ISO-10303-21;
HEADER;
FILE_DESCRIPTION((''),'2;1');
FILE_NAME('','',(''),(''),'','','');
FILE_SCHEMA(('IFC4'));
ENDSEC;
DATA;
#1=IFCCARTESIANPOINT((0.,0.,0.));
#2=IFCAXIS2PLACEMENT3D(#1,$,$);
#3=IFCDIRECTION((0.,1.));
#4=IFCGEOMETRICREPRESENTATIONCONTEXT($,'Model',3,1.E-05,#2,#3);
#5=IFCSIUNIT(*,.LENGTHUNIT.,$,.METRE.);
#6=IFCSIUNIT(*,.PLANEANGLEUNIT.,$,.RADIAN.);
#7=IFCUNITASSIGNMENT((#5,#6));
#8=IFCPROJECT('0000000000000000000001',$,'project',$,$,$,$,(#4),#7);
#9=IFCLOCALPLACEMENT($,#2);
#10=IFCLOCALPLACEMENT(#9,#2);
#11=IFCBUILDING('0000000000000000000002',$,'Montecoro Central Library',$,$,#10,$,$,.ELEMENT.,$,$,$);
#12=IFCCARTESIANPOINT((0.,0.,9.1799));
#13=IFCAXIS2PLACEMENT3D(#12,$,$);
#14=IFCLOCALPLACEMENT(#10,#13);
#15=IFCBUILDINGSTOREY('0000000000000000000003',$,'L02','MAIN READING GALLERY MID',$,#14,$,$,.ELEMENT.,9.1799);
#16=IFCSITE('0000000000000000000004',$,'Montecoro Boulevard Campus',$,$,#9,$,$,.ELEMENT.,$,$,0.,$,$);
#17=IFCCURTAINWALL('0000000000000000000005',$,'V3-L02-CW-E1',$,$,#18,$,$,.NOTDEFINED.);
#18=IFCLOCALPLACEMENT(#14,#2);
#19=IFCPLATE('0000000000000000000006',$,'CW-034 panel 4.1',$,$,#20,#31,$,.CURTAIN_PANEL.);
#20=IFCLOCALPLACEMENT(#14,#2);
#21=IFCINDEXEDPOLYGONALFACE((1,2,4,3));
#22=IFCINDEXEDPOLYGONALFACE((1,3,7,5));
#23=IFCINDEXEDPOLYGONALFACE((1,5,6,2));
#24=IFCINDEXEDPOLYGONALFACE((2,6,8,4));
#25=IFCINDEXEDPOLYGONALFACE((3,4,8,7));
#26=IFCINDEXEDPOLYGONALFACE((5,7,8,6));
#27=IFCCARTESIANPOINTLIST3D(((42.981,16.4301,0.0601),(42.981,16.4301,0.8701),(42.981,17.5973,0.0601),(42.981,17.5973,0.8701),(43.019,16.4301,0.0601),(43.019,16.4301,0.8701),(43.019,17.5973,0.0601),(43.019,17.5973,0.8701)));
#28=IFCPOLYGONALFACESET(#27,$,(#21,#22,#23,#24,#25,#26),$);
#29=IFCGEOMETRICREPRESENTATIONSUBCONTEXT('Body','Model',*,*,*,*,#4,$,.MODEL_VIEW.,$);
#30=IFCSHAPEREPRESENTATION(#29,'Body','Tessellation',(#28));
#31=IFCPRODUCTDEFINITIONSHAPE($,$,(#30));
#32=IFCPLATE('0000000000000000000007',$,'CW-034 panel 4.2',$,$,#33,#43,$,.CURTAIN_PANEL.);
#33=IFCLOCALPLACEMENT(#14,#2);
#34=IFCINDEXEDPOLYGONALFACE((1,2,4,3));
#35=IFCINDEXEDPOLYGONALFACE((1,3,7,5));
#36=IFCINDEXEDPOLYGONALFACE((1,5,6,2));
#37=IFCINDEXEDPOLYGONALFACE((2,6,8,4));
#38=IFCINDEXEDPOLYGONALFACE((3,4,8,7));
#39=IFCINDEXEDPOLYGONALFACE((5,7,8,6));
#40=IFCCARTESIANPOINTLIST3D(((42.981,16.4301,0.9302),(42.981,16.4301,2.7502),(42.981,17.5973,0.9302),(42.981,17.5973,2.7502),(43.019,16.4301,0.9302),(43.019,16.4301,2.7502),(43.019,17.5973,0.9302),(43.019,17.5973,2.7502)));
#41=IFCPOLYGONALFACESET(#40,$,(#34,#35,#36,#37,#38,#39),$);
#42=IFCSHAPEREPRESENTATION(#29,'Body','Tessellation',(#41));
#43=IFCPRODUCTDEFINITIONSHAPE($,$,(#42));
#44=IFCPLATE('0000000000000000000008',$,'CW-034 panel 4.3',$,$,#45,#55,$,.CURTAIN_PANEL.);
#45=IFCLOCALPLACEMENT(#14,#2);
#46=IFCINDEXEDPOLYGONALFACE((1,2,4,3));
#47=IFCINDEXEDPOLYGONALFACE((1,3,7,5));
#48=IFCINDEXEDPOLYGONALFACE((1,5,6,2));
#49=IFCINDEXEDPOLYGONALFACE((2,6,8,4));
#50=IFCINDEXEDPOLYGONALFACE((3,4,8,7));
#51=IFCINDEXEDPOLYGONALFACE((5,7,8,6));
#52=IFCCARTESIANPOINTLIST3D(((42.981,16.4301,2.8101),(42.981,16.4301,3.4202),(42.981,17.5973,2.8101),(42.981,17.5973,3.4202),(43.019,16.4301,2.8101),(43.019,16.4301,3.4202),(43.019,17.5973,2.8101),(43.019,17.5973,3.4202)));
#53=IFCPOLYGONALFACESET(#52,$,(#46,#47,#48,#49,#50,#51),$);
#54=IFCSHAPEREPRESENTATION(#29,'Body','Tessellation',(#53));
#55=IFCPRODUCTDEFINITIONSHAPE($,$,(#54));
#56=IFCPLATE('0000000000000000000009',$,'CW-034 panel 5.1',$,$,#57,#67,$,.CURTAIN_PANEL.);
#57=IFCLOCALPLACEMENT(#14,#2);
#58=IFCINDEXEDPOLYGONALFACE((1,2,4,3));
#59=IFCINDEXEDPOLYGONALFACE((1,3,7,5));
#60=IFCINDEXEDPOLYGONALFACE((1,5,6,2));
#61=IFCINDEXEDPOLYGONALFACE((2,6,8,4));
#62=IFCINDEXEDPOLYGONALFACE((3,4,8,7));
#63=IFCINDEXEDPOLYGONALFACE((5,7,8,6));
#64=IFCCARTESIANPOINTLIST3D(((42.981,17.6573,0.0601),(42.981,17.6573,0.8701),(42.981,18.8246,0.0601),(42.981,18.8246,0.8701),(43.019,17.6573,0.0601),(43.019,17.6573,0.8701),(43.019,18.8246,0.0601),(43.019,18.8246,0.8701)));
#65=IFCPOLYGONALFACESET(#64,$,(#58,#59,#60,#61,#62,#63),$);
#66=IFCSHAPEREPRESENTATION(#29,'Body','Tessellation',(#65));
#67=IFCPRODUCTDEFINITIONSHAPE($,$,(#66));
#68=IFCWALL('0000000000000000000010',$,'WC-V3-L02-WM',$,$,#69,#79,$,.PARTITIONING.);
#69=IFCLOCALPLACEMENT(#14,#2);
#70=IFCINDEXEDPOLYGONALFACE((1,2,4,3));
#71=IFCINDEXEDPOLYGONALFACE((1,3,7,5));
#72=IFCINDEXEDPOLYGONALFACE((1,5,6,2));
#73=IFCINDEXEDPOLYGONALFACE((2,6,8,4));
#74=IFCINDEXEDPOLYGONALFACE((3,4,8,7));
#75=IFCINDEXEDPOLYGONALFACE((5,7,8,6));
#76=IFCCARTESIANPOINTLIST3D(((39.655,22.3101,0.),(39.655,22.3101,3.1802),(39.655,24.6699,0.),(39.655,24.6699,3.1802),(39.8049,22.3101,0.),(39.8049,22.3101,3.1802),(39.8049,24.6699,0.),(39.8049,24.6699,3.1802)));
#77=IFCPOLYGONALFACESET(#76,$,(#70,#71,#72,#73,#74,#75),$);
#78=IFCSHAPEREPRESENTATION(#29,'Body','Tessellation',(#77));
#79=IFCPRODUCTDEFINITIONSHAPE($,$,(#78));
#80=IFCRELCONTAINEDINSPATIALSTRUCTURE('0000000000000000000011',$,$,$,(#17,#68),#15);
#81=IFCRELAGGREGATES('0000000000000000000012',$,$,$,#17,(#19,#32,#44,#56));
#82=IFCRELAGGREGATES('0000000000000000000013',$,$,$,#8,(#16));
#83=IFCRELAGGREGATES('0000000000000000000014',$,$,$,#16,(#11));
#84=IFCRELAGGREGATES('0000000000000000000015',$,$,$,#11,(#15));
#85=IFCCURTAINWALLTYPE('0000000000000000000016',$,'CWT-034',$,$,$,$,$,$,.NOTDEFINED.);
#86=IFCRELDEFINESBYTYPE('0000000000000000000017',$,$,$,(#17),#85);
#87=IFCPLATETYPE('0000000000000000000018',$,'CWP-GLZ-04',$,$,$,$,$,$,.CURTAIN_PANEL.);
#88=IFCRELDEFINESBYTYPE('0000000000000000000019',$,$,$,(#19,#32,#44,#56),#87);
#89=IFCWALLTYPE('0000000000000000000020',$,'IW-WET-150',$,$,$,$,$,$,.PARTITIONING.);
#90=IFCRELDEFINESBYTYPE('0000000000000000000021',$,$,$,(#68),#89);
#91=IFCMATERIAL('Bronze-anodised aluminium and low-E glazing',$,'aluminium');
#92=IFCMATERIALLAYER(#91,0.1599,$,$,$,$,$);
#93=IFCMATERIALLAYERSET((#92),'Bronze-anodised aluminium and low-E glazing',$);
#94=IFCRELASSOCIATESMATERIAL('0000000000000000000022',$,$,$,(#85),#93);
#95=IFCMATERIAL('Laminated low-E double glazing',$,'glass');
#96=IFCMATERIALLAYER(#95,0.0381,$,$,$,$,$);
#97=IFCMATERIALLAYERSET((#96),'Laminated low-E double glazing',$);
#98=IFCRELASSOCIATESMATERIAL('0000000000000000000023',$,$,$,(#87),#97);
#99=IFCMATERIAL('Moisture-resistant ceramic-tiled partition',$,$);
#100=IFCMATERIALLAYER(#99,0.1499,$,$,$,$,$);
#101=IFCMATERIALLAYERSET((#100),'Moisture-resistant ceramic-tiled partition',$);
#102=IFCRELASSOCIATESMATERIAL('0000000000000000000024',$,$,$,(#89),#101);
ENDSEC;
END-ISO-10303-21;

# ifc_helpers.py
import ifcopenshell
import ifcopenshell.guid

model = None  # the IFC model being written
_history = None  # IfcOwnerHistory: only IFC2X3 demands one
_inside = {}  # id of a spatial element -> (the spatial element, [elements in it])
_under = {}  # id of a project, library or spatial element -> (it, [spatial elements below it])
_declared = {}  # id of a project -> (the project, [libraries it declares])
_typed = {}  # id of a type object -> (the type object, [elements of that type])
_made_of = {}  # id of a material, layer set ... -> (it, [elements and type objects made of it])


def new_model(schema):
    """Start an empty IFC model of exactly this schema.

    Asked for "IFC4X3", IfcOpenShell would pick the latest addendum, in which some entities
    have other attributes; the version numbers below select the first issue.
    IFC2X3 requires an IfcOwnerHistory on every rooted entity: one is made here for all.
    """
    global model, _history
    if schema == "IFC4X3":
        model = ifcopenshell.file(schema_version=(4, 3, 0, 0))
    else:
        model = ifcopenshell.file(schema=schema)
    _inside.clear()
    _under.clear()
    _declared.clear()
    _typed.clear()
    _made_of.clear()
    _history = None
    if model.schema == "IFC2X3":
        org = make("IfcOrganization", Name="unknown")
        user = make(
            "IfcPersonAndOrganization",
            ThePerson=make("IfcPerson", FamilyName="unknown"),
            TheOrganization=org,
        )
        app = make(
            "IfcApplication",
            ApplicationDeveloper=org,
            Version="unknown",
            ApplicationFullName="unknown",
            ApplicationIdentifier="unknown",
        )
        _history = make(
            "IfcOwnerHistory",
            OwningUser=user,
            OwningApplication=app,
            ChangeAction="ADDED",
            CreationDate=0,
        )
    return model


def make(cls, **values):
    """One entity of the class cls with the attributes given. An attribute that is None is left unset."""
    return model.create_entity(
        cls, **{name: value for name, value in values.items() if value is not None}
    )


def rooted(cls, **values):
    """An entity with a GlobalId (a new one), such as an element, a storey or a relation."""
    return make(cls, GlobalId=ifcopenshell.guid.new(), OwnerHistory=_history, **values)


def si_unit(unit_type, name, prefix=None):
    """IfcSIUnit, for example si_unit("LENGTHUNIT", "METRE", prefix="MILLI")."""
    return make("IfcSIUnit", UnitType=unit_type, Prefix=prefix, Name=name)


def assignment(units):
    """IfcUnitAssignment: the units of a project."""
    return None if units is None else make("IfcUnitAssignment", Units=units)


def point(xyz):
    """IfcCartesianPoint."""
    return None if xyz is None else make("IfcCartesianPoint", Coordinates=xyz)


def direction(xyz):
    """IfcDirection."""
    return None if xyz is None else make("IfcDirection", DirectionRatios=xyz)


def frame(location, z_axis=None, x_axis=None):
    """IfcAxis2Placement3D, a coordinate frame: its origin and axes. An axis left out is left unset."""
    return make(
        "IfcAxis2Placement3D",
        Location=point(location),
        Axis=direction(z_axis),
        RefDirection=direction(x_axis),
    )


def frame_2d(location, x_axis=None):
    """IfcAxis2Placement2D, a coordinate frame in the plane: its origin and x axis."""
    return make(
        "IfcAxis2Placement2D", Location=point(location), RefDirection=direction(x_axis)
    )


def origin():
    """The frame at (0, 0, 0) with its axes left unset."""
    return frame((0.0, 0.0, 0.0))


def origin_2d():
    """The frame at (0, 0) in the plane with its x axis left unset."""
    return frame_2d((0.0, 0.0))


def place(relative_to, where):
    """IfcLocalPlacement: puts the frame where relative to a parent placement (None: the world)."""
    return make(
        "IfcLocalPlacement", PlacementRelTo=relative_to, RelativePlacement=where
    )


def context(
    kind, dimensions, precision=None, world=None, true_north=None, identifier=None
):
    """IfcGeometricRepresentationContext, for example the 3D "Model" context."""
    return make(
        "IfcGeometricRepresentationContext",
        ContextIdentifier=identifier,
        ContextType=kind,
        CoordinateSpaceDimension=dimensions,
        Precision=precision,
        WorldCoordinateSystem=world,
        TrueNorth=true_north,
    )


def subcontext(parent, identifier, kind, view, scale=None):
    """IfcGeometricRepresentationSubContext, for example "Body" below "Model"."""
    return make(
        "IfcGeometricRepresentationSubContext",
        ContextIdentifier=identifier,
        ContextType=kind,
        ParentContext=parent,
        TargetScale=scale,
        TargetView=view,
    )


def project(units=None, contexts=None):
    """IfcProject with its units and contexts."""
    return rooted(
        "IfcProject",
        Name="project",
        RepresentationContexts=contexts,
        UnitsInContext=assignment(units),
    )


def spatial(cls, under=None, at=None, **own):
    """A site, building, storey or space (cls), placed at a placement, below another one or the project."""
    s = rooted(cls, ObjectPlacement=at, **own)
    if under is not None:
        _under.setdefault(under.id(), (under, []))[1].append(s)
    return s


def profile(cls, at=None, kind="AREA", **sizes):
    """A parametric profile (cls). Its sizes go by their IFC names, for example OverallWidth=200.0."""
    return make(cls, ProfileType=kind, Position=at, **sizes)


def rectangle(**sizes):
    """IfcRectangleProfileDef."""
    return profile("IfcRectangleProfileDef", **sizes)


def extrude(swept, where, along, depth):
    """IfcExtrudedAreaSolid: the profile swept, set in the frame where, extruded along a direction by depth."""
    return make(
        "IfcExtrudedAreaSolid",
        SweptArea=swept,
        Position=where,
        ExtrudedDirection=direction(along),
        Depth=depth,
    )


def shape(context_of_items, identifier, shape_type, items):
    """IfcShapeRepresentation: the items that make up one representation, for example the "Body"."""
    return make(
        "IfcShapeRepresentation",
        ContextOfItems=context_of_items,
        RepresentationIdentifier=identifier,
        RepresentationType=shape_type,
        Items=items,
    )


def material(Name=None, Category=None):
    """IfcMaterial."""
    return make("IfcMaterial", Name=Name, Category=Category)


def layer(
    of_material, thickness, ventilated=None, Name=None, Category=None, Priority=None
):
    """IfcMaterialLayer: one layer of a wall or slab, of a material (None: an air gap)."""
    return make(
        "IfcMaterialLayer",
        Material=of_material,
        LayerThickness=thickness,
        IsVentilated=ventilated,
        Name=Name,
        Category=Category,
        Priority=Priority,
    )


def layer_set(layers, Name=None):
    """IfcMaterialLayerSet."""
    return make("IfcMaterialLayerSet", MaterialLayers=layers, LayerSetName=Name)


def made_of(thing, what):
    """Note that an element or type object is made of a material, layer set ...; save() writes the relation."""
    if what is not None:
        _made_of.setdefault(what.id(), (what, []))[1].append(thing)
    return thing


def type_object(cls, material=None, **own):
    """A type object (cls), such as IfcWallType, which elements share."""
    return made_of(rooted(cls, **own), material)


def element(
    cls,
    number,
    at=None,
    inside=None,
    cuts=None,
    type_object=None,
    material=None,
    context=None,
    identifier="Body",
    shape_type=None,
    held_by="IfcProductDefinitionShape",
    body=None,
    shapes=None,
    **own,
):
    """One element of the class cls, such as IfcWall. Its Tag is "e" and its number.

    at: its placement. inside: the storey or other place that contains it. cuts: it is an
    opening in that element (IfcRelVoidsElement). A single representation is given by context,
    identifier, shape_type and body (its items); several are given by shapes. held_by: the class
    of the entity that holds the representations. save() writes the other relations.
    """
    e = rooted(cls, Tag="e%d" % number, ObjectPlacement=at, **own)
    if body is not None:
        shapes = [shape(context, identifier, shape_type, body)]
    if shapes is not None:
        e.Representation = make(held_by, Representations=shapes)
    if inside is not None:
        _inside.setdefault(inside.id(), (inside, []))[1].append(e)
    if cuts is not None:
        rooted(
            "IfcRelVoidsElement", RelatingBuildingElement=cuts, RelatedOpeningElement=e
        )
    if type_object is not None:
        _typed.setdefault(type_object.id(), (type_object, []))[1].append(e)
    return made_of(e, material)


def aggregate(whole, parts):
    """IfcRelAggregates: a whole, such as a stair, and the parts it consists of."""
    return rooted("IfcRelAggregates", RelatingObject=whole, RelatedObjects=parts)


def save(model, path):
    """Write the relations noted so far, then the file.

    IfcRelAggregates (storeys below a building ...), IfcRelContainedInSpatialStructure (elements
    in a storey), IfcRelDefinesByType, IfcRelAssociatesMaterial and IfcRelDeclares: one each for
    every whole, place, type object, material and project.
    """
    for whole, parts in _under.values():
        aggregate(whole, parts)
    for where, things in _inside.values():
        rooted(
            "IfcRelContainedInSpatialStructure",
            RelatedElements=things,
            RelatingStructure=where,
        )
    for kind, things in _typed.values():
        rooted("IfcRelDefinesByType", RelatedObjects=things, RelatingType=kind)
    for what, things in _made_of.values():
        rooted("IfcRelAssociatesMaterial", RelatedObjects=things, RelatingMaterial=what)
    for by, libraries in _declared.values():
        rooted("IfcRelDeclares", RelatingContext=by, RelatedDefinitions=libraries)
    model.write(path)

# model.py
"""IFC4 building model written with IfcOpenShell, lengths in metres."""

from ifc_helpers import new_model, si_unit, direction, frame, frame_2d, origin, origin_2d, place, context, subcontext, project, spatial, rectangle, extrude, material, layer, layer_set, type_object, element, aggregate, save


model = new_model("IFC4")

# Units and contexts
model_context = context("Model", 3, precision=1e-05, world=origin(), true_north=direction((0.0, 1.0)))
body_context = subcontext(model_context, "Body", "Model", "MODEL_VIEW")
ifc_project = project(units=[si_unit("LENGTHUNIT", "METRE"), si_unit("PLANEANGLEUNIT", "RADIAN")], contexts=[model_context])

# Site, building, storey
site_placement = place(None, origin())
site = spatial("IfcSite", under=ifc_project, at=site_placement, Name="Montecoro Boulevard Campus", CompositionType="ELEMENT", RefElevation=0.0)
building_placement = place(site_placement, origin())
building = spatial("IfcBuilding", under=site, at=building_placement, Name="Montecoro Central Library", CompositionType="ELEMENT")
storey_placement = place(building_placement, frame((0.0, 0.0, 9.1799)))
storey = spatial("IfcBuildingStorey", under=building, at=storey_placement, Name="L02", Description="MAIN READING GALLERY MID", CompositionType="ELEMENT", Elevation=9.1799)

# Curtain wall, plates
ifc_material_1 = material(Name="Bronze-anodised aluminium and low-E glazing", Category="aluminium")
ifc_layer_1 = layer(ifc_material_1, 0.1599)
ifc_layer_set_1 = layer_set([ifc_layer_1], Name="Bronze-anodised aluminium and low-E glazing")
curtain_wall_type = type_object("IfcCurtainWallType", Name="CWT-034", PredefinedType="NOTDEFINED", material=ifc_layer_set_1)
curtain_wall_placement = place(storey_placement, origin())
curtain_wall = element("IfcCurtainWall", 1, at=curtain_wall_placement, inside=storey, type_object=curtain_wall_type, Name="V3-L02-CW-E1", PredefinedType="NOTDEFINED")
ifc_material_2 = material(Name="Laminated low-E double glazing", Category="glass")
ifc_layer_2 = layer(ifc_material_2, 0.0381)
ifc_layer_set_2 = layer_set([ifc_layer_2], Name="Laminated low-E double glazing")
plate_type = type_object("IfcPlateType", Name="CWP-GLZ-04", PredefinedType="CURTAIN_PANEL", material=ifc_layer_set_2)
plate_1_placement = place(storey_placement, frame((43.0, 17.0137, 0.0601), z_axis=(0.0, 0.0, 1.0), x_axis=(0.0, 1.0, 0.0)))
plate_1 = element("IfcPlate", 2, at=plate_1_placement, type_object=plate_type, Name="CW-034 panel 4.1", PredefinedType="CURTAIN_PANEL", context=body_context, shape_type="SweptSolid", body=[
    extrude(rectangle(XDim=1.1672, YDim=0.0381, at=origin_2d()), origin(), (0.0, 0.0, 1.0), 0.8101),
])
plate_2_placement = place(storey_placement, frame((43.0, 17.0137, 0.9302), z_axis=(0.0, 0.0, 1.0), x_axis=(0.0, 1.0, 0.0)))
plate_2 = element("IfcPlate", 3, at=plate_2_placement, type_object=plate_type, Name="CW-034 panel 4.2", PredefinedType="CURTAIN_PANEL", context=body_context, shape_type="SweptSolid", body=[
    extrude(rectangle(XDim=1.1672, YDim=0.0381, at=origin_2d()), origin(), (0.0, 0.0, 1.0), 1.8201),
])
plate_3_placement = place(storey_placement, frame((43.0, 17.0137, 2.8101), z_axis=(0.0, 0.0, 1.0), x_axis=(0.0, 1.0, 0.0)))
plate_3 = element("IfcPlate", 4, at=plate_3_placement, type_object=plate_type, Name="CW-034 panel 4.3", PredefinedType="CURTAIN_PANEL", context=body_context, shape_type="SweptSolid", body=[
    extrude(rectangle(XDim=1.1672, YDim=0.0381, at=origin_2d()), origin(), (0.0, 0.0, 1.0), 0.6101),
])
plate_4_placement = place(storey_placement, frame((43.0, 18.241, 0.0601), z_axis=(0.0, 0.0, 1.0), x_axis=(0.0, 1.0, 0.0)))
plate_4 = element("IfcPlate", 5, at=plate_4_placement, type_object=plate_type, Name="CW-034 panel 5.1", PredefinedType="CURTAIN_PANEL", context=body_context, shape_type="SweptSolid", body=[
    extrude(rectangle(XDim=1.1672, YDim=0.0381, at=origin_2d()), origin(), (0.0, 0.0, 1.0), 0.8101),
])
aggregate(curtain_wall, [plate_1, plate_2, plate_3, plate_4])

# Wall
ifc_material_3 = material(Name="Moisture-resistant ceramic-tiled partition")
ifc_layer_3 = layer(ifc_material_3, 0.1499)
ifc_layer_set_3 = layer_set([ifc_layer_3], Name="Moisture-resistant ceramic-tiled partition")
wall_type = type_object("IfcWallType", Name="IW-WET-150", PredefinedType="PARTITIONING", material=ifc_layer_set_3)
wall_1_placement = place(storey_placement, frame((39.73, 22.3101, 0.0), z_axis=(0.0, 0.0, 1.0), x_axis=(0.0, 1.0, 0.0)))
element("IfcWall", 6, at=wall_1_placement, inside=storey, type_object=wall_type, Name="WC-V3-L02-WM", PredefinedType="PARTITIONING", context=body_context, shape_type="SweptSolid", body=[
    extrude(rectangle(XDim=2.3599, YDim=0.1499, at=frame_2d((1.1799, 0.0))), origin(), (0.0, 0.0, 1.0), 3.1802),
])

save(model, "model.ifc")
